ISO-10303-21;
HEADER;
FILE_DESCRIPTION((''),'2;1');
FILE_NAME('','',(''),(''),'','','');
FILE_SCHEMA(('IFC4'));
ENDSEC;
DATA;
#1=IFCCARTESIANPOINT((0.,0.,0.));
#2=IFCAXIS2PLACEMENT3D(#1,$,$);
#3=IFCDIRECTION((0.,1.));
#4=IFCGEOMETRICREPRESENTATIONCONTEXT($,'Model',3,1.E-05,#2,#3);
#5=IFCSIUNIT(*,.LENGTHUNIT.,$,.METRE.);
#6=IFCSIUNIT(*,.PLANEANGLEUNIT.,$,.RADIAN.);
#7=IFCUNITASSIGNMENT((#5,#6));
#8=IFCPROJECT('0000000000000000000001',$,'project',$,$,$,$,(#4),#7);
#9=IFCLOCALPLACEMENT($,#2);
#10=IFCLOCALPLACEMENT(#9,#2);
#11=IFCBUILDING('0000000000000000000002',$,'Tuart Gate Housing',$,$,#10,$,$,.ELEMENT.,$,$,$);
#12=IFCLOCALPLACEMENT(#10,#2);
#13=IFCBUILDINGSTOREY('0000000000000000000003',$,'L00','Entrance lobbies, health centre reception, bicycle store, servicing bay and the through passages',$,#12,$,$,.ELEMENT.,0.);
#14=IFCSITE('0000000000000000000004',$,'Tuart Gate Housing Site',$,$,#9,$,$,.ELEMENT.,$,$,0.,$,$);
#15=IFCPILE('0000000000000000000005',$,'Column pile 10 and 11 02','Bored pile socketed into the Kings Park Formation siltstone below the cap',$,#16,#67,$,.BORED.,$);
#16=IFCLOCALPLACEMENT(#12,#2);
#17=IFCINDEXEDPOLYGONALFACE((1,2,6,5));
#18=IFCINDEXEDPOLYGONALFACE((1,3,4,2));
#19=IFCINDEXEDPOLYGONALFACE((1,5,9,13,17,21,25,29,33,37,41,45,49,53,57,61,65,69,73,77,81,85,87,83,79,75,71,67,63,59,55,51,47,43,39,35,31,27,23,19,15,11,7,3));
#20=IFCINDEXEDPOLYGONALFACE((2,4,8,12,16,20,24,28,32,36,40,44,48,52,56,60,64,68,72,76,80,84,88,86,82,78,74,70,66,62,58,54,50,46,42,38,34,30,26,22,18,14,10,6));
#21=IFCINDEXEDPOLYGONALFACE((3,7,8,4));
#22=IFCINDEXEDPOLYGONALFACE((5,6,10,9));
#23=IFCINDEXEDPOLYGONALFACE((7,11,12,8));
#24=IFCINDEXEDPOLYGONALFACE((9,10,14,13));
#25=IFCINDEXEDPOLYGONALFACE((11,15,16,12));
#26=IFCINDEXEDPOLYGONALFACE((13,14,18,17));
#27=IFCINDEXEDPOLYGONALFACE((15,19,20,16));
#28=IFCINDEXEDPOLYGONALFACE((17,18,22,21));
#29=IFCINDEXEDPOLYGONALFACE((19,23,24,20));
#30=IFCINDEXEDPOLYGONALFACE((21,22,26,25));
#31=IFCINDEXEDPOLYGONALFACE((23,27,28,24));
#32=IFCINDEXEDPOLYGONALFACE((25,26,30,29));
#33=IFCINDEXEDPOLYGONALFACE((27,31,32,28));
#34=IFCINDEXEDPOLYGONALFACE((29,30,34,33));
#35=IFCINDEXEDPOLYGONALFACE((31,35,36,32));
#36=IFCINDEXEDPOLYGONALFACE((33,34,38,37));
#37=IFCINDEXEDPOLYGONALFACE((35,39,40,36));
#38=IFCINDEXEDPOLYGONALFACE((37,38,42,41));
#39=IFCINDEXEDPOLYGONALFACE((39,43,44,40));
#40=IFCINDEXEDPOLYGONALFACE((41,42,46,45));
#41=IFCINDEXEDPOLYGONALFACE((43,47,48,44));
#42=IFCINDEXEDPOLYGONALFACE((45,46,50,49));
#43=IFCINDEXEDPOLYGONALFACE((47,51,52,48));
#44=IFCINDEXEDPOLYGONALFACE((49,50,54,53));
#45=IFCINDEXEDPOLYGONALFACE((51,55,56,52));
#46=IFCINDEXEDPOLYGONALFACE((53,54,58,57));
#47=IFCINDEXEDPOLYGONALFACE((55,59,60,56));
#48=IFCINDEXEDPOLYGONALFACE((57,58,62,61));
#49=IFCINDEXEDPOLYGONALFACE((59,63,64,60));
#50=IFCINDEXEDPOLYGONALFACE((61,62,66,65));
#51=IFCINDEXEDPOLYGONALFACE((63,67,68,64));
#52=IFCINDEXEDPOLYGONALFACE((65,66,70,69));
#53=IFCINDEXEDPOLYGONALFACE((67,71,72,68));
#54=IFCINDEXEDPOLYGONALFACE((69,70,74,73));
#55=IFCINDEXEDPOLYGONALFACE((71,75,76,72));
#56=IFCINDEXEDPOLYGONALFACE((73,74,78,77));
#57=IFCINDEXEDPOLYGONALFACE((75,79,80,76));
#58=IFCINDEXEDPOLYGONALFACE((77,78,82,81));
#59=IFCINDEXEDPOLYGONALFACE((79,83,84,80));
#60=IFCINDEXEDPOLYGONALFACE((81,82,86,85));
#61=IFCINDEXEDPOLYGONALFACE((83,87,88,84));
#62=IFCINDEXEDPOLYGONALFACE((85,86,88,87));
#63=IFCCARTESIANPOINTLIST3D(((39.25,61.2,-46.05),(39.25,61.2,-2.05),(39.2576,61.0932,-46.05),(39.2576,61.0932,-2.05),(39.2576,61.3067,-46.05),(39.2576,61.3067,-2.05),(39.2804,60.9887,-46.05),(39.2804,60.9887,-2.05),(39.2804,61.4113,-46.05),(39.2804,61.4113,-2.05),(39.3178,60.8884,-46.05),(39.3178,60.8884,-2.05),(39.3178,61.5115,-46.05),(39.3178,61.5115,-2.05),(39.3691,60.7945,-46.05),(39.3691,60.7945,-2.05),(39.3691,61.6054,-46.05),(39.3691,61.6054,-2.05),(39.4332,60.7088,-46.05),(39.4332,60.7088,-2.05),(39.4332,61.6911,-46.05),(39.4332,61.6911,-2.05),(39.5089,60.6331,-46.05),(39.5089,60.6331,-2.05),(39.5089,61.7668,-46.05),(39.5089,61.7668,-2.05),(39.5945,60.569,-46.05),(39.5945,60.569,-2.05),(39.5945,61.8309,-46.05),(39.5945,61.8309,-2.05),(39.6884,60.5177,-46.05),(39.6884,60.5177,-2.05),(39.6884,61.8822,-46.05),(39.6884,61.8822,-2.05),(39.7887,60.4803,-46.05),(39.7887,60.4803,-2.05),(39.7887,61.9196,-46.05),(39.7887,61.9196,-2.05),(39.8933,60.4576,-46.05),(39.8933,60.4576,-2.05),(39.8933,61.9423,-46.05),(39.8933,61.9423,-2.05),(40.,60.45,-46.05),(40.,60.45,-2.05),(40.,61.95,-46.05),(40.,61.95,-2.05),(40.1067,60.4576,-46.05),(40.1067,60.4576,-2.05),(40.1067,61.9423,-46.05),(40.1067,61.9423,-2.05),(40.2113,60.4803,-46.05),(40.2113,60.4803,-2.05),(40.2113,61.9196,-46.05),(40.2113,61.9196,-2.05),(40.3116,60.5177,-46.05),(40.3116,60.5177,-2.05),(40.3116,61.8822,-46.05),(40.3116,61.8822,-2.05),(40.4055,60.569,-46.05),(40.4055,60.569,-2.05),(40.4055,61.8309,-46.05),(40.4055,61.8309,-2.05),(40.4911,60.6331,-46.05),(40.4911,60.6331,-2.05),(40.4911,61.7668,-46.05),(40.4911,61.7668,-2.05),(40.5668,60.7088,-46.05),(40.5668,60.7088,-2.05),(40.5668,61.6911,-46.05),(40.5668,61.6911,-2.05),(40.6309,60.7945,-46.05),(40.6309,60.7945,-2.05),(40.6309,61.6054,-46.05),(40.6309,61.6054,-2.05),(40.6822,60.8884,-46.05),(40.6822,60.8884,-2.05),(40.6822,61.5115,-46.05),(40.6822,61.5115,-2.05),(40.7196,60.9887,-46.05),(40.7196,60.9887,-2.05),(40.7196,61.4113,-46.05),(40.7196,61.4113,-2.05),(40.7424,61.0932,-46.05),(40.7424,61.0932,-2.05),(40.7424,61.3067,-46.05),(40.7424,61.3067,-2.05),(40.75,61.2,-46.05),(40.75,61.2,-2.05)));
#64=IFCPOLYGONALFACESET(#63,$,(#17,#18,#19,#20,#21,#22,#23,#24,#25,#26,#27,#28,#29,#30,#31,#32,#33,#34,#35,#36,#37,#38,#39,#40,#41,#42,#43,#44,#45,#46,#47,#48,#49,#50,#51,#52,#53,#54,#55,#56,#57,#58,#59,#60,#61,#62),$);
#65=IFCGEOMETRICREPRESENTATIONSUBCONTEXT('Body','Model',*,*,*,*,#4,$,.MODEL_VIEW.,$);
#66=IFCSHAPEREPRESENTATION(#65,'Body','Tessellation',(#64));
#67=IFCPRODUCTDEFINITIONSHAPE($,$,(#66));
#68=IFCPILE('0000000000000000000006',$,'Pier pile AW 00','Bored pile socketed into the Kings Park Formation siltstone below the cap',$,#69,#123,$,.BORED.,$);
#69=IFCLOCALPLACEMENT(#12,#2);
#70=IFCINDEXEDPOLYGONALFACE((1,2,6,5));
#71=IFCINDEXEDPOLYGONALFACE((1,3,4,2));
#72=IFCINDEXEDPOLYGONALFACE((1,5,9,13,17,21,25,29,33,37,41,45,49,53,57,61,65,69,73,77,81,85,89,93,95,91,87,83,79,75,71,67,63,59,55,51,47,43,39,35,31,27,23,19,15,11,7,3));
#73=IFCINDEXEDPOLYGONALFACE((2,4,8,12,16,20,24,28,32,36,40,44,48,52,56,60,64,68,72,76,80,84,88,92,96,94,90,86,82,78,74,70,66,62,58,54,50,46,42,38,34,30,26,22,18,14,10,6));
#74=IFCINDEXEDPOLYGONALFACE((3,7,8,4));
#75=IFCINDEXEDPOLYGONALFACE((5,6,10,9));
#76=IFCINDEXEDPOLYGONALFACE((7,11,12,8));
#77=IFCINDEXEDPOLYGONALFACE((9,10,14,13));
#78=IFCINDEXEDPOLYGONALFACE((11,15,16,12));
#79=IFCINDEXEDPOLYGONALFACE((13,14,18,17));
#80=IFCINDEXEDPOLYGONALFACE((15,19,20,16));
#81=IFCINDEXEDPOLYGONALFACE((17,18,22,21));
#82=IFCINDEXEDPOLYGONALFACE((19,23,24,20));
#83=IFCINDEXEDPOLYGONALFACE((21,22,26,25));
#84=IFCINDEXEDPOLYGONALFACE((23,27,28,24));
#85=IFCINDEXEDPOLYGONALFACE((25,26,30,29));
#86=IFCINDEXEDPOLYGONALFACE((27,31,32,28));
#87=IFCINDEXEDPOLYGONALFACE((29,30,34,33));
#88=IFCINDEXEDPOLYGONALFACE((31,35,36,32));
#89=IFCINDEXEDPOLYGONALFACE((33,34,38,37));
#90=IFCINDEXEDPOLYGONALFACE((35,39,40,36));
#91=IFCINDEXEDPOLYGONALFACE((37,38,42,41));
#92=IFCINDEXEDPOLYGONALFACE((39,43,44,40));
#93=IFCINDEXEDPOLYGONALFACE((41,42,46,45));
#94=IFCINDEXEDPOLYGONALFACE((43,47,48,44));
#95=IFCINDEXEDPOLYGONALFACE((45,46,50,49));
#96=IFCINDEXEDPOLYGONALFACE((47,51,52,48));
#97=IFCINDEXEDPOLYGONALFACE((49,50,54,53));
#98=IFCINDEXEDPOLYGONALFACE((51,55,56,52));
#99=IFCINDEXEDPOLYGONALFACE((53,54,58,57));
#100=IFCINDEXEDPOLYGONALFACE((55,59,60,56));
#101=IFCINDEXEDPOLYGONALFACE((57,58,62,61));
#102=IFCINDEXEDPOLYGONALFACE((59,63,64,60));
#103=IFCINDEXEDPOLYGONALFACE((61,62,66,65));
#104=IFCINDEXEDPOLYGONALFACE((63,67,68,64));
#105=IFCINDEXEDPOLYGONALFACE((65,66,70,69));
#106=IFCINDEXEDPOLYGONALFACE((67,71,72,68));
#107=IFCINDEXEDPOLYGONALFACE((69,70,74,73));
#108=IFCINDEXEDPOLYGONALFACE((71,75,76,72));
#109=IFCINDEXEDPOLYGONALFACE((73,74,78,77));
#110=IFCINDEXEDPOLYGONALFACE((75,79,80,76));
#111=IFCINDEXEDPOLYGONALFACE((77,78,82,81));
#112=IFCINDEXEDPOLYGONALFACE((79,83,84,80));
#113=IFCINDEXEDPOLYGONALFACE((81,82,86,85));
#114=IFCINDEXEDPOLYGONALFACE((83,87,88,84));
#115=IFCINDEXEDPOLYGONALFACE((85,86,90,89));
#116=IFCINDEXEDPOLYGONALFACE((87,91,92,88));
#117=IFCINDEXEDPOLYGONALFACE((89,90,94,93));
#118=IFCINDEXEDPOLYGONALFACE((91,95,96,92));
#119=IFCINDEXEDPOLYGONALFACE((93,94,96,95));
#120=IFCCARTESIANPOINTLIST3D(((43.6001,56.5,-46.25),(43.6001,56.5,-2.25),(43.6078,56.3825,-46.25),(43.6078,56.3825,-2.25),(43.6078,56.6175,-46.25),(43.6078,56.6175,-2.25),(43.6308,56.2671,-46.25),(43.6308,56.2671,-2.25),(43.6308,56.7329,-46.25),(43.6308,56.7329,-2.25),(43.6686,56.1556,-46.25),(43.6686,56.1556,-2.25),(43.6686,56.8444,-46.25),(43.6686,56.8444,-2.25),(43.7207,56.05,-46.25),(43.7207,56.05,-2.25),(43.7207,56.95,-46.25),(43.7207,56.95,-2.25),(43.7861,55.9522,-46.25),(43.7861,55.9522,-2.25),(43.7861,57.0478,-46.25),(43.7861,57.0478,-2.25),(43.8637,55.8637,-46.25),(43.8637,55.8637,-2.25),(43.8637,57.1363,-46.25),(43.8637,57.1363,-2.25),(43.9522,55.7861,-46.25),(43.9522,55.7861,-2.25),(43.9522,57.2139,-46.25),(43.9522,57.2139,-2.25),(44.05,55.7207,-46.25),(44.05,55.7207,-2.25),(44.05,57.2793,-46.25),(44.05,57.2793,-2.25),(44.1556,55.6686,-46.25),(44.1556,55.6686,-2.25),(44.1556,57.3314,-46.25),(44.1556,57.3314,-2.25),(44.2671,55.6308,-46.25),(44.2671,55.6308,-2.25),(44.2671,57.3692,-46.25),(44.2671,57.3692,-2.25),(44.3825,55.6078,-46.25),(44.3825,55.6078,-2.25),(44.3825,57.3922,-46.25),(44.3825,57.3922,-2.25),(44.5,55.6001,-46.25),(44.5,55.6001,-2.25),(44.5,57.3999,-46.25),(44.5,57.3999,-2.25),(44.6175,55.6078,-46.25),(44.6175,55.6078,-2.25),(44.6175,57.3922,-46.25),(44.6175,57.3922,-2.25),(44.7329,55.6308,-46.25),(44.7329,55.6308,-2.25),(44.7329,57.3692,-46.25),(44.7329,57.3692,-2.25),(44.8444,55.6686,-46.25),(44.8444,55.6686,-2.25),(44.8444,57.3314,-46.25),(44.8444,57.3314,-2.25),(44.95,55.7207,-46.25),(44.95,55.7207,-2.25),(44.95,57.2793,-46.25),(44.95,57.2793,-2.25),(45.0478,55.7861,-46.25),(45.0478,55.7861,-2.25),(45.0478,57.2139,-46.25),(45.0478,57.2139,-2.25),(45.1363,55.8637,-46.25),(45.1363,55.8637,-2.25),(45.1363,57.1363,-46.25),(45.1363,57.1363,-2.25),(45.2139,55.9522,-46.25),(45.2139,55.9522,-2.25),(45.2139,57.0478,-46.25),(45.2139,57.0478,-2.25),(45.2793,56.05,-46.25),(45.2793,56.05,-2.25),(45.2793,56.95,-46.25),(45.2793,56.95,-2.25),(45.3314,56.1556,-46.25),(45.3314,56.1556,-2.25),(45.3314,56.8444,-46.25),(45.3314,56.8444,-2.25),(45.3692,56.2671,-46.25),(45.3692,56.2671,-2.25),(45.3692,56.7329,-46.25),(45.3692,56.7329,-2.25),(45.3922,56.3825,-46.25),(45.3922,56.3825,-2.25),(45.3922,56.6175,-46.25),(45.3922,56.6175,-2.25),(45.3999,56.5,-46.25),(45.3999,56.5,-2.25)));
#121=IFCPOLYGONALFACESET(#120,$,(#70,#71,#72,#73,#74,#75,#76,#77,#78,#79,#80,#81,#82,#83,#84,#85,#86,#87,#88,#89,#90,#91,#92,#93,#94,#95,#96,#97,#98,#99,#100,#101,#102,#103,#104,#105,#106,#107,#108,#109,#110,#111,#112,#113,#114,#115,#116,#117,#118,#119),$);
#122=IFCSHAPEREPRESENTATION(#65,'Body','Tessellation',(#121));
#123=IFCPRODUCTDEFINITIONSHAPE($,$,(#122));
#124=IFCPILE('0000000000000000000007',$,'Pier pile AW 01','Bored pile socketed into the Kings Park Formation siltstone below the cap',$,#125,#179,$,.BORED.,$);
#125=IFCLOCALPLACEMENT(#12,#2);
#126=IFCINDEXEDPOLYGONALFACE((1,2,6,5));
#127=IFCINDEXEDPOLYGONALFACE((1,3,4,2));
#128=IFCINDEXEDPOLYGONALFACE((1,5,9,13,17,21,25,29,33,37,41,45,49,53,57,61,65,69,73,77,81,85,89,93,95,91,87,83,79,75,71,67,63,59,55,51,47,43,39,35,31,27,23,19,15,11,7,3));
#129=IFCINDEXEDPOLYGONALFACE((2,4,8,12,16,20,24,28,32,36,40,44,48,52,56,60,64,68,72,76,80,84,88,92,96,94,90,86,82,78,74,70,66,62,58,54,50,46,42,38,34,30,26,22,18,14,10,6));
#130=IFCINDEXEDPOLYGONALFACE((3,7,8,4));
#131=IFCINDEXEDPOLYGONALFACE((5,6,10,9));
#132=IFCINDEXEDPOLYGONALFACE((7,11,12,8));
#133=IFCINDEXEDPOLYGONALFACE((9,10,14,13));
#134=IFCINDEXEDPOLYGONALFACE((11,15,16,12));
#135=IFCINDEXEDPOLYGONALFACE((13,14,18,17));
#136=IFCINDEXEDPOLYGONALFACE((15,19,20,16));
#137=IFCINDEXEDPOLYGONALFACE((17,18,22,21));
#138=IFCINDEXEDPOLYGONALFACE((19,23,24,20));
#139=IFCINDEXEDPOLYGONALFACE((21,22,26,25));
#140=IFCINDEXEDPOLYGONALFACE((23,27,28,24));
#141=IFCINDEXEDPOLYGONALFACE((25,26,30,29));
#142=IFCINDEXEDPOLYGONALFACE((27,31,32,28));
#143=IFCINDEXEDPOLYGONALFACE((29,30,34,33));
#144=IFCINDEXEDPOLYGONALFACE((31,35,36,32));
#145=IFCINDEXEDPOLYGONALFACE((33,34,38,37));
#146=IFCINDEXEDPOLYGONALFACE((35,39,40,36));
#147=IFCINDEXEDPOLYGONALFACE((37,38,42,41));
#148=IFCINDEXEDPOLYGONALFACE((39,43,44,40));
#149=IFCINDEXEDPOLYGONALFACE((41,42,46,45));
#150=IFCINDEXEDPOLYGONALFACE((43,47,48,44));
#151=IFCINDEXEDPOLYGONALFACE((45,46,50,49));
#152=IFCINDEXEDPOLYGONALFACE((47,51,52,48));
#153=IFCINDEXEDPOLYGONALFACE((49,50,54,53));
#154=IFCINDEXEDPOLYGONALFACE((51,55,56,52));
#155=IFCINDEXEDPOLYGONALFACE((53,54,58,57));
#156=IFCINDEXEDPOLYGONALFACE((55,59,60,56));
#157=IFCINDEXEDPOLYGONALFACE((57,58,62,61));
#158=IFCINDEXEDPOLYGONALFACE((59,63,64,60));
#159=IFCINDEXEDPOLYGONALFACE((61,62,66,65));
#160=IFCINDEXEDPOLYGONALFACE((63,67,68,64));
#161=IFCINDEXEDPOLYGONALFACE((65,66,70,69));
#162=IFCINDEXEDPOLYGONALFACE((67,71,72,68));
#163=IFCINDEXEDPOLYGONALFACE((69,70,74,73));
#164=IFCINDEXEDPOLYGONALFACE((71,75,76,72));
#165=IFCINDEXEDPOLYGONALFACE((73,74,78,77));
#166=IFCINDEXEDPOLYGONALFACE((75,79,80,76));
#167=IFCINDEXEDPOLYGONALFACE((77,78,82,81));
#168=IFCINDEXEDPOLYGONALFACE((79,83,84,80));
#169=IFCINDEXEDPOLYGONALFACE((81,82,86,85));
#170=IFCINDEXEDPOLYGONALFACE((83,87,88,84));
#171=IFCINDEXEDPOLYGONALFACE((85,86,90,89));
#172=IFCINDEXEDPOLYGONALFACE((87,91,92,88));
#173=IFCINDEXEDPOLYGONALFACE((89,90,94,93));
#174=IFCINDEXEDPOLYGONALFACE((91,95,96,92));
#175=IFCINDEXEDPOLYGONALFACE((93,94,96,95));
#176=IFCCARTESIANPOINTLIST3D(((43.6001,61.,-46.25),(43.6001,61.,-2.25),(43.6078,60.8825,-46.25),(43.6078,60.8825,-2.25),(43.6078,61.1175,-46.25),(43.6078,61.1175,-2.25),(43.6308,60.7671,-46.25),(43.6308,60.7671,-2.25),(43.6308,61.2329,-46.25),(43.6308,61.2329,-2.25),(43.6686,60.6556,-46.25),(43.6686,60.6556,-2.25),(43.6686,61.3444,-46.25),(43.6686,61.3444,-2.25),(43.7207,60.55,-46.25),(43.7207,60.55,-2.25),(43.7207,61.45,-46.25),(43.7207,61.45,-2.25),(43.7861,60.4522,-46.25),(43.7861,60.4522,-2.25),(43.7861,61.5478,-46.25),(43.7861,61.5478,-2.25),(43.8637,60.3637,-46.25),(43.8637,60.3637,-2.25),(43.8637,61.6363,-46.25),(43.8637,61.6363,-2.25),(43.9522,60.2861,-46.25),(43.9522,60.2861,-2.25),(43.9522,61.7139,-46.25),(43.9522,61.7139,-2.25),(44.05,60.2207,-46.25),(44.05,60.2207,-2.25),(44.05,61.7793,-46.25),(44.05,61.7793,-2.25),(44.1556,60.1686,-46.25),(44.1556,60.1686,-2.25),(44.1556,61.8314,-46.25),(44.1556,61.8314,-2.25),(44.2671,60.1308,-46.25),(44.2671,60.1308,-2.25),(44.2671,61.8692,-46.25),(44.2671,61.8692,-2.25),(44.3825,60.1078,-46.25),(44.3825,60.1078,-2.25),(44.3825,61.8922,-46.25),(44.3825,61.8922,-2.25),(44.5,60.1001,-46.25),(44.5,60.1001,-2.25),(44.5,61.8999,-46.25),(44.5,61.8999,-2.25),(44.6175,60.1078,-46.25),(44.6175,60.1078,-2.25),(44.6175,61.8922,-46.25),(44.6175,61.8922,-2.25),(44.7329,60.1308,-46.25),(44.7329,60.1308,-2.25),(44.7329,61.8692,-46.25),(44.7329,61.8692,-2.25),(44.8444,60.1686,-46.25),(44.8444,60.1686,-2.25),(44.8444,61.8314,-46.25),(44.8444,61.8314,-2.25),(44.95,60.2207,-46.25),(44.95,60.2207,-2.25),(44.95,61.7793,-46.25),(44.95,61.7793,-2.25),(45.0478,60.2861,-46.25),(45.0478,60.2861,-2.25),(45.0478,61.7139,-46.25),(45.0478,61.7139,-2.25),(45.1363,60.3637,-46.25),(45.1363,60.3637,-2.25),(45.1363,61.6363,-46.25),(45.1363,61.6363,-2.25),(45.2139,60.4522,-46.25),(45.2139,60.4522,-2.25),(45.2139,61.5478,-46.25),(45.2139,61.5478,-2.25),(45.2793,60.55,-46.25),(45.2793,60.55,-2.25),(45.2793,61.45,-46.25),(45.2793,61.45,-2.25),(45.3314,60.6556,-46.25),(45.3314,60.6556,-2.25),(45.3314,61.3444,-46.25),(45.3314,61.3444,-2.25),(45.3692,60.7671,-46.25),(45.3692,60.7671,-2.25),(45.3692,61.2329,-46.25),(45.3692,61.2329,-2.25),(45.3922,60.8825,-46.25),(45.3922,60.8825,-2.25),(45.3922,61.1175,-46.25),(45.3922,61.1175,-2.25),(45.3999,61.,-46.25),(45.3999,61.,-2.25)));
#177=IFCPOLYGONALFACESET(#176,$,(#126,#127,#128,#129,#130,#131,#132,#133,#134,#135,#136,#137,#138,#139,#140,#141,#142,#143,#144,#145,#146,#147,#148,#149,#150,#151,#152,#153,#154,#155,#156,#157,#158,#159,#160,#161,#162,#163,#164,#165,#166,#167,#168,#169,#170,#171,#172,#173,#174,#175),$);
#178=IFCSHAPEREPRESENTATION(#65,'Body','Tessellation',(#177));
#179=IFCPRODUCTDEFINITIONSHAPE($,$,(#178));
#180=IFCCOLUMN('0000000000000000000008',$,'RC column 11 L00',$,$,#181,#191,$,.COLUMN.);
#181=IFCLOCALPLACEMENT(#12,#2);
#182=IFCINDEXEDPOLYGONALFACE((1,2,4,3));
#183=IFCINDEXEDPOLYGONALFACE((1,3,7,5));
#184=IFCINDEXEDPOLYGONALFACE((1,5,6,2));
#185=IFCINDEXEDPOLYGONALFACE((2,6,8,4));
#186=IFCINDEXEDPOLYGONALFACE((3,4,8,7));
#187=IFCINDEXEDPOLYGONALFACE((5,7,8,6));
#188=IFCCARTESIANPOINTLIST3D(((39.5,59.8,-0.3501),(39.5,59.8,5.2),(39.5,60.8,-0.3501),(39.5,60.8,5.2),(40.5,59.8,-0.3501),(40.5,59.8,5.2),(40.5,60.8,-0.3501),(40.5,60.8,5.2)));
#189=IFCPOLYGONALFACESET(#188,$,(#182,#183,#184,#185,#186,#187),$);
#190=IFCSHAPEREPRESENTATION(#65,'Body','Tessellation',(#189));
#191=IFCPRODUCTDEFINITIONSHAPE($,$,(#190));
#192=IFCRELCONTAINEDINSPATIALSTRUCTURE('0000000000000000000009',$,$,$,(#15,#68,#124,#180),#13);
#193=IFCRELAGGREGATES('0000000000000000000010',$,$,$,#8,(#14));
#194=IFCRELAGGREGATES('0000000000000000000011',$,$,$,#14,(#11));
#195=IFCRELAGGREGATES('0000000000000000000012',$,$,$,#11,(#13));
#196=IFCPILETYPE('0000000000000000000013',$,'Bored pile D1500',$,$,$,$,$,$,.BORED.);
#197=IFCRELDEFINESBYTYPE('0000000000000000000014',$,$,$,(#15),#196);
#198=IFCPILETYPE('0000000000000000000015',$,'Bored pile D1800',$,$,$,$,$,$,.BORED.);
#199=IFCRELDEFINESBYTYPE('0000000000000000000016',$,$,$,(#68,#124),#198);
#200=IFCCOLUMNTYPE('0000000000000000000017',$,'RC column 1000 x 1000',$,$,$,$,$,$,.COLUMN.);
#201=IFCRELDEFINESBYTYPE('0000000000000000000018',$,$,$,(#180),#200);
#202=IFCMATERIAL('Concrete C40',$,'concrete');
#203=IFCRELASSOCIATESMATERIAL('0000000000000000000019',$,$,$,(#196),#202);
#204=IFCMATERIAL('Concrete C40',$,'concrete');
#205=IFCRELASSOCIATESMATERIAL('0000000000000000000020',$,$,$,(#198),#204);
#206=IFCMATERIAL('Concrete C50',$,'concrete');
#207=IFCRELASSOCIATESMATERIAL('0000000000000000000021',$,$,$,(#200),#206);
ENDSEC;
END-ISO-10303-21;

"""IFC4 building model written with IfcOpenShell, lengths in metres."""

from ifc_helpers import new_model, si_unit, direction, frame, origin, origin_2d, place, context, subcontext, project, spatial, rectangle, circle, extrude, material, material_profile, profile_set, type_object, element, save


model = new_model("IFC4")

# Units and contexts
model_context = context("Model", 3, precision=1e-05, world=origin(), true_north=direction((0.0, 1.0)))
body_context = subcontext(model_context, "Body", "Model", "MODEL_VIEW")
ifc_project = project(units=[si_unit("LENGTHUNIT", "METRE"), si_unit("PLANEANGLEUNIT", "RADIAN")], contexts=[model_context])

# Site, building, storey
site_placement = place(None, origin())
site = spatial("IfcSite", under=ifc_project, at=site_placement, Name="Tuart Gate Housing Site", CompositionType="ELEMENT", RefElevation=0.0)
building_placement = place(site_placement, origin())
building = spatial("IfcBuilding", under=site, at=building_placement, Name="Tuart Gate Housing", CompositionType="ELEMENT")
storey_placement = place(building_placement, origin())
storey = spatial("IfcBuildingStorey", under=building, at=storey_placement, Name="L00", Description="Entrance lobbies, health centre reception, bicycle store, servicing bay and the through passages", CompositionType="ELEMENT", Elevation=0.0)

# Piles
ifc_material_1 = material(Name="Concrete C40", Category="concrete")
ifc_material_profile_1 = material_profile(ifc_material_1, circle(Radius=0.75, at=origin_2d()), Name="Bored pile D1500")
ifc_profile_set_1 = profile_set([ifc_material_profile_1], Name="Concrete C40")
pile_type_1 = type_object("IfcPileType", Name="Bored pile D1500", PredefinedType="BORED", material=ifc_profile_set_1)
pile_placement = place(storey_placement, frame((40.0, 61.2, -2.05), z_axis=(0.0, 0.0, -1.0), x_axis=(1.0, 0.0, 0.0)))
element("IfcPile", 1, at=pile_placement, inside=storey, type_object=pile_type_1, Name="Column pile 10 and 11 02", Description="Bored pile socketed into the Kings Park Formation siltstone below the cap", PredefinedType="BORED", context=body_context, shape_type="SweptSolid", body=[
    extrude(circle(Radius=0.75, at=origin_2d()), origin(), (0.0, 0.0, 1.0), 44.0),
])
ifc_material_2 = material(Name="Concrete C40", Category="concrete")
ifc_material_profile_2 = material_profile(ifc_material_2, circle(Radius=0.8999, at=origin_2d()), Name="Bored pile D1800")
ifc_profile_set_2 = profile_set([ifc_material_profile_2], Name="Concrete C40")
pile_type_2 = type_object("IfcPileType", Name="Bored pile D1800", PredefinedType="BORED", material=ifc_profile_set_2)
for number, where, z_axis, x_axis, name in (
    (2, (44.5, 56.5, -2.25), (0.0, 0.0, -1.0), (1.0, 0.0, 0.0), "Pier pile AW 00"),
    (3, (44.5, 61.0, -2.25), (0.0, 0.0, -1.0), (1.0, 0.0, 0.0), "Pier pile AW 01"),
):
    element("IfcPile", number, at=place(storey_placement, frame(where, z_axis=z_axis, x_axis=x_axis)), inside=storey, type_object=pile_type_2, Name=name, Description="Bored pile socketed into the Kings Park Formation siltstone below the cap", PredefinedType="BORED", context=body_context, shape_type="SweptSolid", body=[
        extrude(circle(Radius=0.8999, at=origin_2d()), origin(), (0.0, 0.0, 1.0), 44.0),
    ])

# Column
ifc_material_3 = material(Name="Concrete C50", Category="concrete")
ifc_material_profile_3 = material_profile(ifc_material_3, rectangle(XDim=1.0, YDim=1.0, at=origin_2d()), Name="RC column 1000 x 1000")
ifc_profile_set_3 = profile_set([ifc_material_profile_3], Name="Concrete C50")
column_type_1 = type_object("IfcColumnType", Name="RC column 1000 x 1000", PredefinedType="COLUMN", material=ifc_profile_set_3)
column_1_placement = place(storey_placement, frame((40.0, 60.3, -0.3501), z_axis=(0.0, 0.0, 1.0), x_axis=(1.0, 0.0, 0.0)))
element("IfcColumn", 4, at=column_1_placement, inside=storey, type_object=column_type_1, Name="RC column 11 L00", PredefinedType="COLUMN", context=body_context, shape_type="SweptSolid", body=[
    extrude(rectangle(XDim=1.0, YDim=1.0, at=origin_2d()), origin(), (0.0, 0.0, 1.0), 5.55),
])

save(model, "model.ifc")
